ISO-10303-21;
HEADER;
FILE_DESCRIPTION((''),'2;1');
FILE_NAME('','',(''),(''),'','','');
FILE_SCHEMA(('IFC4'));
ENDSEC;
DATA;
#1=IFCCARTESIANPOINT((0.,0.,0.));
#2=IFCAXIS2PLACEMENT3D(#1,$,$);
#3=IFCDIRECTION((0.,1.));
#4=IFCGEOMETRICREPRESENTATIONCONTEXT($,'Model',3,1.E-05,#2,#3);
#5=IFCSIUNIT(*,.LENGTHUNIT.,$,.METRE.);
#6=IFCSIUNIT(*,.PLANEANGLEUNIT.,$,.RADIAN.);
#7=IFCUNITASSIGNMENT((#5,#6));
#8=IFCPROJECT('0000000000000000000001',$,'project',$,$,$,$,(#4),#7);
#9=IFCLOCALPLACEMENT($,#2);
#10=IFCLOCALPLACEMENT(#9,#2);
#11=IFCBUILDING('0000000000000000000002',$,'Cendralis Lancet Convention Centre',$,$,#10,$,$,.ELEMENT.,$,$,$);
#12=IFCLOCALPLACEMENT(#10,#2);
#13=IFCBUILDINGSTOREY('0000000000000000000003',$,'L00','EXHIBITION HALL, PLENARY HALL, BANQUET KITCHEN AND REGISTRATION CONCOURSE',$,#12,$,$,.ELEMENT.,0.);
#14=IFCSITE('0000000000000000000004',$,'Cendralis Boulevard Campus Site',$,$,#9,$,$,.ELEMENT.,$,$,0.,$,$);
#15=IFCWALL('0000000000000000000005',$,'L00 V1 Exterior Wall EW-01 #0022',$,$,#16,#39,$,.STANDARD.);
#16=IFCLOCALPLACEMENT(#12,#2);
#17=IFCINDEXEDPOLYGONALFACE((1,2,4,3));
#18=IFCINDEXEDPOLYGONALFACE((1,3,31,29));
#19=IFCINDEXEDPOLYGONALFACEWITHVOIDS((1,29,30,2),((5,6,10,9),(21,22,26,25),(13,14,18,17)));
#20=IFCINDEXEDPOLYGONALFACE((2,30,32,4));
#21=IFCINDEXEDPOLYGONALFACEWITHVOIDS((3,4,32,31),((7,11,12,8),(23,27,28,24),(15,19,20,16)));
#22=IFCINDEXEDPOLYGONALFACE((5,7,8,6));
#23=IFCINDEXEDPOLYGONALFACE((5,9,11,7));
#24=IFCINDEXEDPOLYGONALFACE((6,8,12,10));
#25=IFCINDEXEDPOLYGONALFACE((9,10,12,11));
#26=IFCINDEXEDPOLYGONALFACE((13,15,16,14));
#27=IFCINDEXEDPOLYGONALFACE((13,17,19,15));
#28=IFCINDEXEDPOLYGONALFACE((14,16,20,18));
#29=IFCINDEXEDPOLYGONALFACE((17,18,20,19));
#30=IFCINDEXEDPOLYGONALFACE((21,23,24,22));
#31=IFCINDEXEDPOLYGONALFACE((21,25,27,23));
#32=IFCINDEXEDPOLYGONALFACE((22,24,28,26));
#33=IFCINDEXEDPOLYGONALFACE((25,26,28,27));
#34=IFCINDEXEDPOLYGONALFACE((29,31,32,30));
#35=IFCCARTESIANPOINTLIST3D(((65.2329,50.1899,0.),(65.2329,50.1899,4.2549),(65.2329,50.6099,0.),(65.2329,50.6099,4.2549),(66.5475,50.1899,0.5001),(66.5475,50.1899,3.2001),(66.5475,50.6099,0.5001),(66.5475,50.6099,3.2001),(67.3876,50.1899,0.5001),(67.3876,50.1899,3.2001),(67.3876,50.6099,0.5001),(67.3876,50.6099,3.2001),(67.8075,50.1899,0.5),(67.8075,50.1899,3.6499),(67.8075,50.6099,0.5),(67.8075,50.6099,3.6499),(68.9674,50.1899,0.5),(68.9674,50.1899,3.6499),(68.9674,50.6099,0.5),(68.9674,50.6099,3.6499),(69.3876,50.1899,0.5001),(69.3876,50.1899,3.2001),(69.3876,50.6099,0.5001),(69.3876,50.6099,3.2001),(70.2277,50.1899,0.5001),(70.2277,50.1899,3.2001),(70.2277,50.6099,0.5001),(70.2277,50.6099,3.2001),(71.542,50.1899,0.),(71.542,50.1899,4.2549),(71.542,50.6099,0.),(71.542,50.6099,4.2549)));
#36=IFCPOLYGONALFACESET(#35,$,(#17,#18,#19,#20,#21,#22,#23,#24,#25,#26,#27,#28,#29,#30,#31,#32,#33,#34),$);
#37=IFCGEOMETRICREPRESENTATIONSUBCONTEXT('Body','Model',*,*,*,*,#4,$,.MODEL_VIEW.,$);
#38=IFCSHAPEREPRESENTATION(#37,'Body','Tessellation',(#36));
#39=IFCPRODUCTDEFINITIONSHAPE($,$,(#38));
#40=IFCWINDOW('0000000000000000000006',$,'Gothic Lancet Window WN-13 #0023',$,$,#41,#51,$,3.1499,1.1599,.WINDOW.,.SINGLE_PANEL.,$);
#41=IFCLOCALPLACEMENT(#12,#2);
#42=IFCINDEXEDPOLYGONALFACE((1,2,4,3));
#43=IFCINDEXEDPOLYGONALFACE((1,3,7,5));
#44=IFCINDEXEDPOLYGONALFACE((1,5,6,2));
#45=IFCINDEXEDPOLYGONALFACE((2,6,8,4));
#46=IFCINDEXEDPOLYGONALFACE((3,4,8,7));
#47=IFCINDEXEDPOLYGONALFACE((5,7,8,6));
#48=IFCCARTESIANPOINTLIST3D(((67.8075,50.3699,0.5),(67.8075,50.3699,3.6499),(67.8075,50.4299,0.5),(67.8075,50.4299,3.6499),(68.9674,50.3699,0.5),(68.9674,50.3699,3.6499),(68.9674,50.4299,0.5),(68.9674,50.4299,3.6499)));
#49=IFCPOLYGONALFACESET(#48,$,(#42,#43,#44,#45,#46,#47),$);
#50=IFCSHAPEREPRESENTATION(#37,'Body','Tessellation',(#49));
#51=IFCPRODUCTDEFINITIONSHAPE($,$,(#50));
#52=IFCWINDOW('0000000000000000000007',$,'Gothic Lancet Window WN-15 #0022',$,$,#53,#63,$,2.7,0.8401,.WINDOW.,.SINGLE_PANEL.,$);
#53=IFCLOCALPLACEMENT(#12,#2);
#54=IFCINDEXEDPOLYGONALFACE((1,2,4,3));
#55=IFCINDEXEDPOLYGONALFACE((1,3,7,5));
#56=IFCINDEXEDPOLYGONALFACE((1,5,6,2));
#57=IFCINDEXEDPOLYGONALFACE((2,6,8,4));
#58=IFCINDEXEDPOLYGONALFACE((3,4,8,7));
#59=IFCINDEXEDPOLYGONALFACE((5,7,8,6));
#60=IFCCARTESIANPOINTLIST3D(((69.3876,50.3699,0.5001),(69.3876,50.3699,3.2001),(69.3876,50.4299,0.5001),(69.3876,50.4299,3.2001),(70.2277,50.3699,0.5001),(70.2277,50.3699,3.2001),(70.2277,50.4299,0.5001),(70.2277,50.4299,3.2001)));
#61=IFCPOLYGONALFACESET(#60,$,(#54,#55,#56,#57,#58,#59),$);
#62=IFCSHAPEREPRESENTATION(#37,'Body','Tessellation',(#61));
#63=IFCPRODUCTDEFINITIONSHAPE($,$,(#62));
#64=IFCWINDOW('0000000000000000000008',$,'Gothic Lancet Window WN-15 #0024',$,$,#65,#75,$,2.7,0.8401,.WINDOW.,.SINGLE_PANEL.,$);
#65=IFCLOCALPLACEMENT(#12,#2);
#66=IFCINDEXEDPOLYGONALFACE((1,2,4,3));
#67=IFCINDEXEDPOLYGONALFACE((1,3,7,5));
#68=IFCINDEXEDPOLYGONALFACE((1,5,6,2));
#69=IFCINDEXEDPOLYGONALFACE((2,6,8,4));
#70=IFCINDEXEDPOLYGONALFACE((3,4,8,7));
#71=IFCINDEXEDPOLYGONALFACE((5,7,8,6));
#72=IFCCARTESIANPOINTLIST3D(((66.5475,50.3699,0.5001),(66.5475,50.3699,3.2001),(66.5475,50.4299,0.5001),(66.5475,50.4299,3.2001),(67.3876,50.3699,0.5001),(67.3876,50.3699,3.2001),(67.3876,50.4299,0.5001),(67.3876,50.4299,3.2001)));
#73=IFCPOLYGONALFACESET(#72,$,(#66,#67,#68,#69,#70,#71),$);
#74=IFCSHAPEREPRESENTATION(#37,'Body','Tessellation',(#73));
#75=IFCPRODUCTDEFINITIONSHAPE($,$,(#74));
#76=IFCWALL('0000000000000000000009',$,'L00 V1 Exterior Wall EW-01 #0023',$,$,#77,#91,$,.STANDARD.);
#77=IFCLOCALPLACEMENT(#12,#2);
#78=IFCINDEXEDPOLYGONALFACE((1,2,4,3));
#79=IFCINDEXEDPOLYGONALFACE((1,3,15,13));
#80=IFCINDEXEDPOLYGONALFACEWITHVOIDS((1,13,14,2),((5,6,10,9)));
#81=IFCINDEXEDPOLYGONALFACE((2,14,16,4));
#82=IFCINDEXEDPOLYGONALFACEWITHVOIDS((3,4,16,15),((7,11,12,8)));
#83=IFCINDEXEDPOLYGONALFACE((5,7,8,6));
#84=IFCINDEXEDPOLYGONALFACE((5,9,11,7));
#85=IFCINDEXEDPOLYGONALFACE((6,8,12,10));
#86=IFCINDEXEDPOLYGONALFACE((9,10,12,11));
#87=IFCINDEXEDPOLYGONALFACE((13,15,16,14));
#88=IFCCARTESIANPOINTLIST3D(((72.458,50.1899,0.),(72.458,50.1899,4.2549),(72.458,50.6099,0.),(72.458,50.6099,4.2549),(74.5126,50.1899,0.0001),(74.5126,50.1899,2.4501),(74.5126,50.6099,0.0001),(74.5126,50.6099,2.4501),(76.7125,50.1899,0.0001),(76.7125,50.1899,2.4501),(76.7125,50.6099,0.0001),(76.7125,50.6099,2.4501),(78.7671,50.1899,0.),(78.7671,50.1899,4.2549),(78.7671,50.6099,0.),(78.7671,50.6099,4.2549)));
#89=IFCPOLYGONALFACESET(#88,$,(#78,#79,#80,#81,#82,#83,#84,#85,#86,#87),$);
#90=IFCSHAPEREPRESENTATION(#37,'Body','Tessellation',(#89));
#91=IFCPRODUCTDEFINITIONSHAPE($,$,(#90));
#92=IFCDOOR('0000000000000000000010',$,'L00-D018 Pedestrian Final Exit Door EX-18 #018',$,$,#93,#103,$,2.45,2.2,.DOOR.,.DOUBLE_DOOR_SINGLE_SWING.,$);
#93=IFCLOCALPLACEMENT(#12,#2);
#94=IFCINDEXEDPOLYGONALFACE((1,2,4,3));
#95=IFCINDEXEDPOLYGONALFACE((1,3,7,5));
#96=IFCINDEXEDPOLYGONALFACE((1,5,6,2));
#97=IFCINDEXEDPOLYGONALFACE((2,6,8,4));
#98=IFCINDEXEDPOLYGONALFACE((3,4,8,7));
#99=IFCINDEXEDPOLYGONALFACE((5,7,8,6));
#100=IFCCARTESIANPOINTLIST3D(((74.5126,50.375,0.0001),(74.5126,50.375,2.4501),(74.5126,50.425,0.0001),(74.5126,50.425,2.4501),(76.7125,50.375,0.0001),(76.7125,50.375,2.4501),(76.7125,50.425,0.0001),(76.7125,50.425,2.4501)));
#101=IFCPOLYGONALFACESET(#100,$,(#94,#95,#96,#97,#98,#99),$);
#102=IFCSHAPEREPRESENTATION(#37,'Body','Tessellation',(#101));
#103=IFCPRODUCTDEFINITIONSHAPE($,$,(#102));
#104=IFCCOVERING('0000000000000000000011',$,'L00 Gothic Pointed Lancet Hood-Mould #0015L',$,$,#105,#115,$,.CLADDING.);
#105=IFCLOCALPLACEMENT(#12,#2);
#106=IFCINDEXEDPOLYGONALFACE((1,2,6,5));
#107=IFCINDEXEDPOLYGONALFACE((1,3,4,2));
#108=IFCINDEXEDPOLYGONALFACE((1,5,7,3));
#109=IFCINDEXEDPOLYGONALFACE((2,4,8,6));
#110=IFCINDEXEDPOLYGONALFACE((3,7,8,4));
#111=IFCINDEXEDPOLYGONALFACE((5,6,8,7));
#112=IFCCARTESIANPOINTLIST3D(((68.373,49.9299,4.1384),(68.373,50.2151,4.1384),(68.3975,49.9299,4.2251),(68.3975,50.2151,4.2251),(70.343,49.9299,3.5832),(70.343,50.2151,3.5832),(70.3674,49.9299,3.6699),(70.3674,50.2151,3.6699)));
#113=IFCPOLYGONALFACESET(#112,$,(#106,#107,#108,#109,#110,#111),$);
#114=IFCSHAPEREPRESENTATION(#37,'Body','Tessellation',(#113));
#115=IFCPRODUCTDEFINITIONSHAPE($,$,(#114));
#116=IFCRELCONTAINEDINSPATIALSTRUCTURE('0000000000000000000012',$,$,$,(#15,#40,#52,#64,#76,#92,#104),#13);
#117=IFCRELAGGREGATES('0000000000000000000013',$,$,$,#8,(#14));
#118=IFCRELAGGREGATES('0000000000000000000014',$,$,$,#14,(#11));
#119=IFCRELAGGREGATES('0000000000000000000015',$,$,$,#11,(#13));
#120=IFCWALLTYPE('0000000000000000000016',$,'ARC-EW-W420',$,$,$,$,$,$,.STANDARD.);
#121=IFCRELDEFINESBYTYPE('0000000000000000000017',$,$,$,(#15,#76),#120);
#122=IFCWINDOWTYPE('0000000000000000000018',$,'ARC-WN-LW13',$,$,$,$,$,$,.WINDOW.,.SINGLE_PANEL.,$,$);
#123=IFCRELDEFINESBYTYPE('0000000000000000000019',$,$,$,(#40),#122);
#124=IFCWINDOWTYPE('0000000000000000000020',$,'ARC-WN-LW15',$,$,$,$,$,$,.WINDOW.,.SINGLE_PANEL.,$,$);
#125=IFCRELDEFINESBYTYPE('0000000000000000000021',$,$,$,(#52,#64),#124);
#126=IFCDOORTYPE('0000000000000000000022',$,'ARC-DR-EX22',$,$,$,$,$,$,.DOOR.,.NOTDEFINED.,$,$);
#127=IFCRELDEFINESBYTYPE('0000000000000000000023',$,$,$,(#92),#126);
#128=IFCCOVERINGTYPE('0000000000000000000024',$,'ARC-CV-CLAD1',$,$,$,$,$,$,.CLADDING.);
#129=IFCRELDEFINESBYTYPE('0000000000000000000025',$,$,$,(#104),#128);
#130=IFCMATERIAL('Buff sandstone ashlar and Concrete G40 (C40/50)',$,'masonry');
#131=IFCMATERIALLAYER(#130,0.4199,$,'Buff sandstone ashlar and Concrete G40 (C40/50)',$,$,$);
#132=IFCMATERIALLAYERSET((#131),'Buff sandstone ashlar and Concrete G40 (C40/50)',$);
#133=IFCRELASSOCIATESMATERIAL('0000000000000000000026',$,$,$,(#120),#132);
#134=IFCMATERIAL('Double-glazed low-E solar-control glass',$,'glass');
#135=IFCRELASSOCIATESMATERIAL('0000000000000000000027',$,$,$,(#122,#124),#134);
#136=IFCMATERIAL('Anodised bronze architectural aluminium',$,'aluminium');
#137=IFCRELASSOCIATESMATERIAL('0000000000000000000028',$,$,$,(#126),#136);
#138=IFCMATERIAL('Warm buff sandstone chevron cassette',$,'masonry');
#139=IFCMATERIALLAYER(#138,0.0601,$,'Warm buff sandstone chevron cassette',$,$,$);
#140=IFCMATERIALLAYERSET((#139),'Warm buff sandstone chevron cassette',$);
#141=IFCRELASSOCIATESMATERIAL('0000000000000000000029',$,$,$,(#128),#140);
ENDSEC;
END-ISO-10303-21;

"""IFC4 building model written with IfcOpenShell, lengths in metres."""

from ifc_helpers import new_model, si_unit, direction, frame, frame_2d, origin, place, context, subcontext, project, spatial, polyline, rectangle, outline, extrude, material, layer, layer_set, type_object, element, fill, save


model = new_model("IFC4")

# Units and contexts
model_context = context("Model", 3, precision=1e-05, world=origin(), true_north=direction((0.0, 1.0)))
body_context = subcontext(model_context, "Body", "Model", "MODEL_VIEW")
ifc_project = project(units=[si_unit("LENGTHUNIT", "METRE"), si_unit("PLANEANGLEUNIT", "RADIAN")], contexts=[model_context])

# Site, building, storey
site_placement = place(None, origin())
site = spatial("IfcSite", under=ifc_project, at=site_placement, Name="Cendralis Boulevard Campus Site", CompositionType="ELEMENT", RefElevation=0.0)
building_placement = place(site_placement, origin())
building = spatial("IfcBuilding", under=site, at=building_placement, Name="Cendralis Lancet Convention Centre", CompositionType="ELEMENT")
storey_placement = place(building_placement, origin())
storey = spatial("IfcBuildingStorey", under=building, at=storey_placement, Name="L00", Description="EXHIBITION HALL, PLENARY HALL, BANQUET KITCHEN AND REGISTRATION CONCOURSE", CompositionType="ELEMENT", Elevation=0.0)

# Wall, openings, windows
ifc_material_1 = material(Name="Buff sandstone ashlar and Concrete G40 (C40/50)", Category="masonry")
ifc_layer_1 = layer(ifc_material_1, 0.4199, Name="Buff sandstone ashlar and Concrete G40 (C40/50)")
ifc_layer_set_1 = layer_set([ifc_layer_1], Name="Buff sandstone ashlar and Concrete G40 (C40/50)")
wall_type = type_object("IfcWallType", Name="ARC-EW-W420", PredefinedType="STANDARD", material=ifc_layer_set_1)
wall_1_placement = place(storey_placement, frame((71.542, 50.3999, 0.0), z_axis=(0.0, 0.0, 1.0), x_axis=(-1.0, 0.0, 0.0)))
wall_1 = element("IfcWall", 1, at=wall_1_placement, inside=storey, type_object=wall_type, Name="L00 V1 Exterior Wall EW-01 #0022", PredefinedType="STANDARD", context=body_context, shape_type="SweptSolid", body=[
    extrude(rectangle(XDim=6.3091, YDim=0.4199, at=frame_2d((3.1545, 0.0))), origin(), (0.0, 0.0, 1.0), 4.2549),
])
opening_1_placement = place(wall_1_placement, frame((1.3145, 0.0, 0.5)))
opening_1 = element("IfcOpeningElement", 2, at=opening_1_placement, cuts=wall_1, PredefinedType="OPENING", context=body_context, shape_type="SweptSolid", body=[
    extrude(rectangle(XDim=0.8401, YDim=2.7, at=frame_2d((0.4199, 1.3501))), frame((0.0, 0.22, 0.0), z_axis=(0.0, -1.0, 0.0), x_axis=(1.0, 0.0, 0.0)), (0.0, 0.0, 1.0), 0.4399),
])
opening_2_placement = place(wall_1_placement, frame((2.5745, 0.0, 0.5)))
opening_2 = element("IfcOpeningElement", 3, at=opening_2_placement, cuts=wall_1, PredefinedType="OPENING", context=body_context, shape_type="SweptSolid", body=[
    extrude(rectangle(XDim=1.1599, YDim=3.1499, at=frame_2d((0.5801, 1.575))), frame((0.0, 0.22, 0.0), z_axis=(0.0, -1.0, 0.0), x_axis=(1.0, 0.0, 0.0)), (0.0, 0.0, 1.0), 0.4399),
])
opening_3_placement = place(wall_1_placement, frame((4.1545, 0.0, 0.5)))
opening_3 = element("IfcOpeningElement", 4, at=opening_3_placement, cuts=wall_1, PredefinedType="OPENING", context=body_context, shape_type="SweptSolid", body=[
    extrude(rectangle(XDim=0.8401, YDim=2.7, at=frame_2d((0.4199, 1.3501))), frame((0.0, 0.22, 0.0), z_axis=(0.0, -1.0, 0.0), x_axis=(1.0, 0.0, 0.0)), (0.0, 0.0, 1.0), 0.4399),
])
ifc_material_2 = material(Name="Double-glazed low-E solar-control glass", Category="glass")
window_type_1 = type_object("IfcWindowType", Name="ARC-WN-LW13", PartitioningType="SINGLE_PANEL", PredefinedType="WINDOW", material=ifc_material_2)
window_1_placement = place(opening_2_placement, origin())
window_1 = element("IfcWindow", 5, at=window_1_placement, inside=storey, type_object=window_type_1, Name="Gothic Lancet Window WN-13 #0023", OverallHeight=3.1499, OverallWidth=1.1599, PartitioningType="SINGLE_PANEL", PredefinedType="WINDOW", context=body_context, shape_type="SweptSolid", body=[
    extrude(rectangle(XDim=1.1599, YDim=3.1499, at=frame_2d((0.5801, 1.575))), frame((0.0, 0.03, 0.0), z_axis=(0.0, -1.0, 0.0), x_axis=(1.0, 0.0, 0.0)), (0.0, 0.0, 1.0), 0.0601),
])
fill(opening_2, window_1)
window_type_2 = type_object("IfcWindowType", Name="ARC-WN-LW15", PartitioningType="SINGLE_PANEL", PredefinedType="WINDOW", material=ifc_material_2)
window_2_placement = place(opening_1_placement, origin())
window_2 = element("IfcWindow", 6, at=window_2_placement, inside=storey, type_object=window_type_2, Name="Gothic Lancet Window WN-15 #0022", OverallHeight=2.7, OverallWidth=0.8401, PartitioningType="SINGLE_PANEL", PredefinedType="WINDOW", context=body_context, shape_type="SweptSolid", body=[
    extrude(rectangle(XDim=0.8401, YDim=2.7, at=frame_2d((0.4199, 1.3501))), frame((0.0, 0.03, 0.0), z_axis=(0.0, -1.0, 0.0), x_axis=(1.0, 0.0, 0.0)), (0.0, 0.0, 1.0), 0.0601),
])
fill(opening_1, window_2)
window_3_placement = place(opening_3_placement, origin())
window_3 = element("IfcWindow", 7, at=window_3_placement, inside=storey, type_object=window_type_2, Name="Gothic Lancet Window WN-15 #0024", OverallHeight=2.7, OverallWidth=0.8401, PartitioningType="SINGLE_PANEL", PredefinedType="WINDOW", context=body_context, shape_type="SweptSolid", body=[
    extrude(rectangle(XDim=0.8401, YDim=2.7, at=frame_2d((0.4199, 1.3501))), frame((0.0, 0.03, 0.0), z_axis=(0.0, -1.0, 0.0), x_axis=(1.0, 0.0, 0.0)), (0.0, 0.0, 1.0), 0.0601),
])
fill(opening_3, window_3)

# Wall, opening, door
wall_2_placement = place(storey_placement, frame((78.7671, 50.3999, 0.0), z_axis=(0.0, 0.0, 1.0), x_axis=(-1.0, 0.0, 0.0)))
wall_2 = element("IfcWall", 8, at=wall_2_placement, inside=storey, type_object=wall_type, Name="L00 V1 Exterior Wall EW-01 #0023", PredefinedType="STANDARD", context=body_context, shape_type="SweptSolid", body=[
    extrude(rectangle(XDim=6.3091, YDim=0.4199, at=frame_2d((3.1545, 0.0))), origin(), (0.0, 0.0, 1.0), 4.2549),
])
opening_4_placement = place(wall_2_placement, frame((2.0544, 0.0, 0.0)))
opening_4 = element("IfcOpeningElement", 9, at=opening_4_placement, cuts=wall_2, PredefinedType="OPENING", context=body_context, shape_type="SweptSolid", body=[
    extrude(rectangle(XDim=2.2, YDim=2.45, at=frame_2d((1.1001, 1.2251))), frame((0.0, 0.22, 0.0), z_axis=(0.0, -1.0, 0.0), x_axis=(1.0, 0.0, 0.0)), (0.0, 0.0, 1.0), 0.4399),
])
ifc_material_3 = material(Name="Anodised bronze architectural aluminium", Category="aluminium")
door_type = type_object("IfcDoorType", Name="ARC-DR-EX22", OperationType="NOTDEFINED", PredefinedType="DOOR", material=ifc_material_3)
door_placement = place(opening_4_placement, origin())
door = element("IfcDoor", 10, at=door_placement, inside=storey, type_object=door_type, Name="L00-D018 Pedestrian Final Exit Door EX-18 #018", OperationType="DOUBLE_DOOR_SINGLE_SWING", OverallHeight=2.45, OverallWidth=2.2, PredefinedType="DOOR", context=body_context, shape_type="SweptSolid", body=[
    extrude(rectangle(XDim=2.2, YDim=2.45, at=frame_2d((1.1001, 1.2251))), frame((0.0, 0.0249, 0.0), z_axis=(0.0, -1.0, 0.0), x_axis=(1.0, 0.0, 0.0)), (0.0, 0.0, 1.0), 0.05),
])
fill(opening_4, door)

# Covering
ifc_material_4 = material(Name="Warm buff sandstone chevron cassette", Category="masonry")
ifc_layer_2 = layer(ifc_material_4, 0.0601, Name="Warm buff sandstone chevron cassette")
ifc_layer_set_2 = layer_set([ifc_layer_2], Name="Warm buff sandstone chevron cassette")
covering_type = type_object("IfcCoveringType", Name="ARC-CV-CLAD1", PredefinedType="CLADDING", material=ifc_layer_set_2)
covering_placement = place(storey_placement, frame((70.3674, 49.9299, 3.6699), z_axis=(0.271253, 0.0, 0.962508), x_axis=(0.0, 1.0, 0.0)))
element("IfcCovering", 11, at=covering_placement, inside=storey, type_object=covering_type, Name="L00 Gothic Pointed Lancet Hood-Mould #0015L", PredefinedType="CLADDING", context=body_context, shape_type="SweptSolid", body=[
    extrude(outline(polyline([(0.0, 0.0), (0.2852, 0.0), (0.2852, 2.0467), (0.0, 2.0467), (0.0, 0.0)])), origin(), (0.0, 0.0, -1.0), 0.0901),
])

save(model, "model.ifc")
